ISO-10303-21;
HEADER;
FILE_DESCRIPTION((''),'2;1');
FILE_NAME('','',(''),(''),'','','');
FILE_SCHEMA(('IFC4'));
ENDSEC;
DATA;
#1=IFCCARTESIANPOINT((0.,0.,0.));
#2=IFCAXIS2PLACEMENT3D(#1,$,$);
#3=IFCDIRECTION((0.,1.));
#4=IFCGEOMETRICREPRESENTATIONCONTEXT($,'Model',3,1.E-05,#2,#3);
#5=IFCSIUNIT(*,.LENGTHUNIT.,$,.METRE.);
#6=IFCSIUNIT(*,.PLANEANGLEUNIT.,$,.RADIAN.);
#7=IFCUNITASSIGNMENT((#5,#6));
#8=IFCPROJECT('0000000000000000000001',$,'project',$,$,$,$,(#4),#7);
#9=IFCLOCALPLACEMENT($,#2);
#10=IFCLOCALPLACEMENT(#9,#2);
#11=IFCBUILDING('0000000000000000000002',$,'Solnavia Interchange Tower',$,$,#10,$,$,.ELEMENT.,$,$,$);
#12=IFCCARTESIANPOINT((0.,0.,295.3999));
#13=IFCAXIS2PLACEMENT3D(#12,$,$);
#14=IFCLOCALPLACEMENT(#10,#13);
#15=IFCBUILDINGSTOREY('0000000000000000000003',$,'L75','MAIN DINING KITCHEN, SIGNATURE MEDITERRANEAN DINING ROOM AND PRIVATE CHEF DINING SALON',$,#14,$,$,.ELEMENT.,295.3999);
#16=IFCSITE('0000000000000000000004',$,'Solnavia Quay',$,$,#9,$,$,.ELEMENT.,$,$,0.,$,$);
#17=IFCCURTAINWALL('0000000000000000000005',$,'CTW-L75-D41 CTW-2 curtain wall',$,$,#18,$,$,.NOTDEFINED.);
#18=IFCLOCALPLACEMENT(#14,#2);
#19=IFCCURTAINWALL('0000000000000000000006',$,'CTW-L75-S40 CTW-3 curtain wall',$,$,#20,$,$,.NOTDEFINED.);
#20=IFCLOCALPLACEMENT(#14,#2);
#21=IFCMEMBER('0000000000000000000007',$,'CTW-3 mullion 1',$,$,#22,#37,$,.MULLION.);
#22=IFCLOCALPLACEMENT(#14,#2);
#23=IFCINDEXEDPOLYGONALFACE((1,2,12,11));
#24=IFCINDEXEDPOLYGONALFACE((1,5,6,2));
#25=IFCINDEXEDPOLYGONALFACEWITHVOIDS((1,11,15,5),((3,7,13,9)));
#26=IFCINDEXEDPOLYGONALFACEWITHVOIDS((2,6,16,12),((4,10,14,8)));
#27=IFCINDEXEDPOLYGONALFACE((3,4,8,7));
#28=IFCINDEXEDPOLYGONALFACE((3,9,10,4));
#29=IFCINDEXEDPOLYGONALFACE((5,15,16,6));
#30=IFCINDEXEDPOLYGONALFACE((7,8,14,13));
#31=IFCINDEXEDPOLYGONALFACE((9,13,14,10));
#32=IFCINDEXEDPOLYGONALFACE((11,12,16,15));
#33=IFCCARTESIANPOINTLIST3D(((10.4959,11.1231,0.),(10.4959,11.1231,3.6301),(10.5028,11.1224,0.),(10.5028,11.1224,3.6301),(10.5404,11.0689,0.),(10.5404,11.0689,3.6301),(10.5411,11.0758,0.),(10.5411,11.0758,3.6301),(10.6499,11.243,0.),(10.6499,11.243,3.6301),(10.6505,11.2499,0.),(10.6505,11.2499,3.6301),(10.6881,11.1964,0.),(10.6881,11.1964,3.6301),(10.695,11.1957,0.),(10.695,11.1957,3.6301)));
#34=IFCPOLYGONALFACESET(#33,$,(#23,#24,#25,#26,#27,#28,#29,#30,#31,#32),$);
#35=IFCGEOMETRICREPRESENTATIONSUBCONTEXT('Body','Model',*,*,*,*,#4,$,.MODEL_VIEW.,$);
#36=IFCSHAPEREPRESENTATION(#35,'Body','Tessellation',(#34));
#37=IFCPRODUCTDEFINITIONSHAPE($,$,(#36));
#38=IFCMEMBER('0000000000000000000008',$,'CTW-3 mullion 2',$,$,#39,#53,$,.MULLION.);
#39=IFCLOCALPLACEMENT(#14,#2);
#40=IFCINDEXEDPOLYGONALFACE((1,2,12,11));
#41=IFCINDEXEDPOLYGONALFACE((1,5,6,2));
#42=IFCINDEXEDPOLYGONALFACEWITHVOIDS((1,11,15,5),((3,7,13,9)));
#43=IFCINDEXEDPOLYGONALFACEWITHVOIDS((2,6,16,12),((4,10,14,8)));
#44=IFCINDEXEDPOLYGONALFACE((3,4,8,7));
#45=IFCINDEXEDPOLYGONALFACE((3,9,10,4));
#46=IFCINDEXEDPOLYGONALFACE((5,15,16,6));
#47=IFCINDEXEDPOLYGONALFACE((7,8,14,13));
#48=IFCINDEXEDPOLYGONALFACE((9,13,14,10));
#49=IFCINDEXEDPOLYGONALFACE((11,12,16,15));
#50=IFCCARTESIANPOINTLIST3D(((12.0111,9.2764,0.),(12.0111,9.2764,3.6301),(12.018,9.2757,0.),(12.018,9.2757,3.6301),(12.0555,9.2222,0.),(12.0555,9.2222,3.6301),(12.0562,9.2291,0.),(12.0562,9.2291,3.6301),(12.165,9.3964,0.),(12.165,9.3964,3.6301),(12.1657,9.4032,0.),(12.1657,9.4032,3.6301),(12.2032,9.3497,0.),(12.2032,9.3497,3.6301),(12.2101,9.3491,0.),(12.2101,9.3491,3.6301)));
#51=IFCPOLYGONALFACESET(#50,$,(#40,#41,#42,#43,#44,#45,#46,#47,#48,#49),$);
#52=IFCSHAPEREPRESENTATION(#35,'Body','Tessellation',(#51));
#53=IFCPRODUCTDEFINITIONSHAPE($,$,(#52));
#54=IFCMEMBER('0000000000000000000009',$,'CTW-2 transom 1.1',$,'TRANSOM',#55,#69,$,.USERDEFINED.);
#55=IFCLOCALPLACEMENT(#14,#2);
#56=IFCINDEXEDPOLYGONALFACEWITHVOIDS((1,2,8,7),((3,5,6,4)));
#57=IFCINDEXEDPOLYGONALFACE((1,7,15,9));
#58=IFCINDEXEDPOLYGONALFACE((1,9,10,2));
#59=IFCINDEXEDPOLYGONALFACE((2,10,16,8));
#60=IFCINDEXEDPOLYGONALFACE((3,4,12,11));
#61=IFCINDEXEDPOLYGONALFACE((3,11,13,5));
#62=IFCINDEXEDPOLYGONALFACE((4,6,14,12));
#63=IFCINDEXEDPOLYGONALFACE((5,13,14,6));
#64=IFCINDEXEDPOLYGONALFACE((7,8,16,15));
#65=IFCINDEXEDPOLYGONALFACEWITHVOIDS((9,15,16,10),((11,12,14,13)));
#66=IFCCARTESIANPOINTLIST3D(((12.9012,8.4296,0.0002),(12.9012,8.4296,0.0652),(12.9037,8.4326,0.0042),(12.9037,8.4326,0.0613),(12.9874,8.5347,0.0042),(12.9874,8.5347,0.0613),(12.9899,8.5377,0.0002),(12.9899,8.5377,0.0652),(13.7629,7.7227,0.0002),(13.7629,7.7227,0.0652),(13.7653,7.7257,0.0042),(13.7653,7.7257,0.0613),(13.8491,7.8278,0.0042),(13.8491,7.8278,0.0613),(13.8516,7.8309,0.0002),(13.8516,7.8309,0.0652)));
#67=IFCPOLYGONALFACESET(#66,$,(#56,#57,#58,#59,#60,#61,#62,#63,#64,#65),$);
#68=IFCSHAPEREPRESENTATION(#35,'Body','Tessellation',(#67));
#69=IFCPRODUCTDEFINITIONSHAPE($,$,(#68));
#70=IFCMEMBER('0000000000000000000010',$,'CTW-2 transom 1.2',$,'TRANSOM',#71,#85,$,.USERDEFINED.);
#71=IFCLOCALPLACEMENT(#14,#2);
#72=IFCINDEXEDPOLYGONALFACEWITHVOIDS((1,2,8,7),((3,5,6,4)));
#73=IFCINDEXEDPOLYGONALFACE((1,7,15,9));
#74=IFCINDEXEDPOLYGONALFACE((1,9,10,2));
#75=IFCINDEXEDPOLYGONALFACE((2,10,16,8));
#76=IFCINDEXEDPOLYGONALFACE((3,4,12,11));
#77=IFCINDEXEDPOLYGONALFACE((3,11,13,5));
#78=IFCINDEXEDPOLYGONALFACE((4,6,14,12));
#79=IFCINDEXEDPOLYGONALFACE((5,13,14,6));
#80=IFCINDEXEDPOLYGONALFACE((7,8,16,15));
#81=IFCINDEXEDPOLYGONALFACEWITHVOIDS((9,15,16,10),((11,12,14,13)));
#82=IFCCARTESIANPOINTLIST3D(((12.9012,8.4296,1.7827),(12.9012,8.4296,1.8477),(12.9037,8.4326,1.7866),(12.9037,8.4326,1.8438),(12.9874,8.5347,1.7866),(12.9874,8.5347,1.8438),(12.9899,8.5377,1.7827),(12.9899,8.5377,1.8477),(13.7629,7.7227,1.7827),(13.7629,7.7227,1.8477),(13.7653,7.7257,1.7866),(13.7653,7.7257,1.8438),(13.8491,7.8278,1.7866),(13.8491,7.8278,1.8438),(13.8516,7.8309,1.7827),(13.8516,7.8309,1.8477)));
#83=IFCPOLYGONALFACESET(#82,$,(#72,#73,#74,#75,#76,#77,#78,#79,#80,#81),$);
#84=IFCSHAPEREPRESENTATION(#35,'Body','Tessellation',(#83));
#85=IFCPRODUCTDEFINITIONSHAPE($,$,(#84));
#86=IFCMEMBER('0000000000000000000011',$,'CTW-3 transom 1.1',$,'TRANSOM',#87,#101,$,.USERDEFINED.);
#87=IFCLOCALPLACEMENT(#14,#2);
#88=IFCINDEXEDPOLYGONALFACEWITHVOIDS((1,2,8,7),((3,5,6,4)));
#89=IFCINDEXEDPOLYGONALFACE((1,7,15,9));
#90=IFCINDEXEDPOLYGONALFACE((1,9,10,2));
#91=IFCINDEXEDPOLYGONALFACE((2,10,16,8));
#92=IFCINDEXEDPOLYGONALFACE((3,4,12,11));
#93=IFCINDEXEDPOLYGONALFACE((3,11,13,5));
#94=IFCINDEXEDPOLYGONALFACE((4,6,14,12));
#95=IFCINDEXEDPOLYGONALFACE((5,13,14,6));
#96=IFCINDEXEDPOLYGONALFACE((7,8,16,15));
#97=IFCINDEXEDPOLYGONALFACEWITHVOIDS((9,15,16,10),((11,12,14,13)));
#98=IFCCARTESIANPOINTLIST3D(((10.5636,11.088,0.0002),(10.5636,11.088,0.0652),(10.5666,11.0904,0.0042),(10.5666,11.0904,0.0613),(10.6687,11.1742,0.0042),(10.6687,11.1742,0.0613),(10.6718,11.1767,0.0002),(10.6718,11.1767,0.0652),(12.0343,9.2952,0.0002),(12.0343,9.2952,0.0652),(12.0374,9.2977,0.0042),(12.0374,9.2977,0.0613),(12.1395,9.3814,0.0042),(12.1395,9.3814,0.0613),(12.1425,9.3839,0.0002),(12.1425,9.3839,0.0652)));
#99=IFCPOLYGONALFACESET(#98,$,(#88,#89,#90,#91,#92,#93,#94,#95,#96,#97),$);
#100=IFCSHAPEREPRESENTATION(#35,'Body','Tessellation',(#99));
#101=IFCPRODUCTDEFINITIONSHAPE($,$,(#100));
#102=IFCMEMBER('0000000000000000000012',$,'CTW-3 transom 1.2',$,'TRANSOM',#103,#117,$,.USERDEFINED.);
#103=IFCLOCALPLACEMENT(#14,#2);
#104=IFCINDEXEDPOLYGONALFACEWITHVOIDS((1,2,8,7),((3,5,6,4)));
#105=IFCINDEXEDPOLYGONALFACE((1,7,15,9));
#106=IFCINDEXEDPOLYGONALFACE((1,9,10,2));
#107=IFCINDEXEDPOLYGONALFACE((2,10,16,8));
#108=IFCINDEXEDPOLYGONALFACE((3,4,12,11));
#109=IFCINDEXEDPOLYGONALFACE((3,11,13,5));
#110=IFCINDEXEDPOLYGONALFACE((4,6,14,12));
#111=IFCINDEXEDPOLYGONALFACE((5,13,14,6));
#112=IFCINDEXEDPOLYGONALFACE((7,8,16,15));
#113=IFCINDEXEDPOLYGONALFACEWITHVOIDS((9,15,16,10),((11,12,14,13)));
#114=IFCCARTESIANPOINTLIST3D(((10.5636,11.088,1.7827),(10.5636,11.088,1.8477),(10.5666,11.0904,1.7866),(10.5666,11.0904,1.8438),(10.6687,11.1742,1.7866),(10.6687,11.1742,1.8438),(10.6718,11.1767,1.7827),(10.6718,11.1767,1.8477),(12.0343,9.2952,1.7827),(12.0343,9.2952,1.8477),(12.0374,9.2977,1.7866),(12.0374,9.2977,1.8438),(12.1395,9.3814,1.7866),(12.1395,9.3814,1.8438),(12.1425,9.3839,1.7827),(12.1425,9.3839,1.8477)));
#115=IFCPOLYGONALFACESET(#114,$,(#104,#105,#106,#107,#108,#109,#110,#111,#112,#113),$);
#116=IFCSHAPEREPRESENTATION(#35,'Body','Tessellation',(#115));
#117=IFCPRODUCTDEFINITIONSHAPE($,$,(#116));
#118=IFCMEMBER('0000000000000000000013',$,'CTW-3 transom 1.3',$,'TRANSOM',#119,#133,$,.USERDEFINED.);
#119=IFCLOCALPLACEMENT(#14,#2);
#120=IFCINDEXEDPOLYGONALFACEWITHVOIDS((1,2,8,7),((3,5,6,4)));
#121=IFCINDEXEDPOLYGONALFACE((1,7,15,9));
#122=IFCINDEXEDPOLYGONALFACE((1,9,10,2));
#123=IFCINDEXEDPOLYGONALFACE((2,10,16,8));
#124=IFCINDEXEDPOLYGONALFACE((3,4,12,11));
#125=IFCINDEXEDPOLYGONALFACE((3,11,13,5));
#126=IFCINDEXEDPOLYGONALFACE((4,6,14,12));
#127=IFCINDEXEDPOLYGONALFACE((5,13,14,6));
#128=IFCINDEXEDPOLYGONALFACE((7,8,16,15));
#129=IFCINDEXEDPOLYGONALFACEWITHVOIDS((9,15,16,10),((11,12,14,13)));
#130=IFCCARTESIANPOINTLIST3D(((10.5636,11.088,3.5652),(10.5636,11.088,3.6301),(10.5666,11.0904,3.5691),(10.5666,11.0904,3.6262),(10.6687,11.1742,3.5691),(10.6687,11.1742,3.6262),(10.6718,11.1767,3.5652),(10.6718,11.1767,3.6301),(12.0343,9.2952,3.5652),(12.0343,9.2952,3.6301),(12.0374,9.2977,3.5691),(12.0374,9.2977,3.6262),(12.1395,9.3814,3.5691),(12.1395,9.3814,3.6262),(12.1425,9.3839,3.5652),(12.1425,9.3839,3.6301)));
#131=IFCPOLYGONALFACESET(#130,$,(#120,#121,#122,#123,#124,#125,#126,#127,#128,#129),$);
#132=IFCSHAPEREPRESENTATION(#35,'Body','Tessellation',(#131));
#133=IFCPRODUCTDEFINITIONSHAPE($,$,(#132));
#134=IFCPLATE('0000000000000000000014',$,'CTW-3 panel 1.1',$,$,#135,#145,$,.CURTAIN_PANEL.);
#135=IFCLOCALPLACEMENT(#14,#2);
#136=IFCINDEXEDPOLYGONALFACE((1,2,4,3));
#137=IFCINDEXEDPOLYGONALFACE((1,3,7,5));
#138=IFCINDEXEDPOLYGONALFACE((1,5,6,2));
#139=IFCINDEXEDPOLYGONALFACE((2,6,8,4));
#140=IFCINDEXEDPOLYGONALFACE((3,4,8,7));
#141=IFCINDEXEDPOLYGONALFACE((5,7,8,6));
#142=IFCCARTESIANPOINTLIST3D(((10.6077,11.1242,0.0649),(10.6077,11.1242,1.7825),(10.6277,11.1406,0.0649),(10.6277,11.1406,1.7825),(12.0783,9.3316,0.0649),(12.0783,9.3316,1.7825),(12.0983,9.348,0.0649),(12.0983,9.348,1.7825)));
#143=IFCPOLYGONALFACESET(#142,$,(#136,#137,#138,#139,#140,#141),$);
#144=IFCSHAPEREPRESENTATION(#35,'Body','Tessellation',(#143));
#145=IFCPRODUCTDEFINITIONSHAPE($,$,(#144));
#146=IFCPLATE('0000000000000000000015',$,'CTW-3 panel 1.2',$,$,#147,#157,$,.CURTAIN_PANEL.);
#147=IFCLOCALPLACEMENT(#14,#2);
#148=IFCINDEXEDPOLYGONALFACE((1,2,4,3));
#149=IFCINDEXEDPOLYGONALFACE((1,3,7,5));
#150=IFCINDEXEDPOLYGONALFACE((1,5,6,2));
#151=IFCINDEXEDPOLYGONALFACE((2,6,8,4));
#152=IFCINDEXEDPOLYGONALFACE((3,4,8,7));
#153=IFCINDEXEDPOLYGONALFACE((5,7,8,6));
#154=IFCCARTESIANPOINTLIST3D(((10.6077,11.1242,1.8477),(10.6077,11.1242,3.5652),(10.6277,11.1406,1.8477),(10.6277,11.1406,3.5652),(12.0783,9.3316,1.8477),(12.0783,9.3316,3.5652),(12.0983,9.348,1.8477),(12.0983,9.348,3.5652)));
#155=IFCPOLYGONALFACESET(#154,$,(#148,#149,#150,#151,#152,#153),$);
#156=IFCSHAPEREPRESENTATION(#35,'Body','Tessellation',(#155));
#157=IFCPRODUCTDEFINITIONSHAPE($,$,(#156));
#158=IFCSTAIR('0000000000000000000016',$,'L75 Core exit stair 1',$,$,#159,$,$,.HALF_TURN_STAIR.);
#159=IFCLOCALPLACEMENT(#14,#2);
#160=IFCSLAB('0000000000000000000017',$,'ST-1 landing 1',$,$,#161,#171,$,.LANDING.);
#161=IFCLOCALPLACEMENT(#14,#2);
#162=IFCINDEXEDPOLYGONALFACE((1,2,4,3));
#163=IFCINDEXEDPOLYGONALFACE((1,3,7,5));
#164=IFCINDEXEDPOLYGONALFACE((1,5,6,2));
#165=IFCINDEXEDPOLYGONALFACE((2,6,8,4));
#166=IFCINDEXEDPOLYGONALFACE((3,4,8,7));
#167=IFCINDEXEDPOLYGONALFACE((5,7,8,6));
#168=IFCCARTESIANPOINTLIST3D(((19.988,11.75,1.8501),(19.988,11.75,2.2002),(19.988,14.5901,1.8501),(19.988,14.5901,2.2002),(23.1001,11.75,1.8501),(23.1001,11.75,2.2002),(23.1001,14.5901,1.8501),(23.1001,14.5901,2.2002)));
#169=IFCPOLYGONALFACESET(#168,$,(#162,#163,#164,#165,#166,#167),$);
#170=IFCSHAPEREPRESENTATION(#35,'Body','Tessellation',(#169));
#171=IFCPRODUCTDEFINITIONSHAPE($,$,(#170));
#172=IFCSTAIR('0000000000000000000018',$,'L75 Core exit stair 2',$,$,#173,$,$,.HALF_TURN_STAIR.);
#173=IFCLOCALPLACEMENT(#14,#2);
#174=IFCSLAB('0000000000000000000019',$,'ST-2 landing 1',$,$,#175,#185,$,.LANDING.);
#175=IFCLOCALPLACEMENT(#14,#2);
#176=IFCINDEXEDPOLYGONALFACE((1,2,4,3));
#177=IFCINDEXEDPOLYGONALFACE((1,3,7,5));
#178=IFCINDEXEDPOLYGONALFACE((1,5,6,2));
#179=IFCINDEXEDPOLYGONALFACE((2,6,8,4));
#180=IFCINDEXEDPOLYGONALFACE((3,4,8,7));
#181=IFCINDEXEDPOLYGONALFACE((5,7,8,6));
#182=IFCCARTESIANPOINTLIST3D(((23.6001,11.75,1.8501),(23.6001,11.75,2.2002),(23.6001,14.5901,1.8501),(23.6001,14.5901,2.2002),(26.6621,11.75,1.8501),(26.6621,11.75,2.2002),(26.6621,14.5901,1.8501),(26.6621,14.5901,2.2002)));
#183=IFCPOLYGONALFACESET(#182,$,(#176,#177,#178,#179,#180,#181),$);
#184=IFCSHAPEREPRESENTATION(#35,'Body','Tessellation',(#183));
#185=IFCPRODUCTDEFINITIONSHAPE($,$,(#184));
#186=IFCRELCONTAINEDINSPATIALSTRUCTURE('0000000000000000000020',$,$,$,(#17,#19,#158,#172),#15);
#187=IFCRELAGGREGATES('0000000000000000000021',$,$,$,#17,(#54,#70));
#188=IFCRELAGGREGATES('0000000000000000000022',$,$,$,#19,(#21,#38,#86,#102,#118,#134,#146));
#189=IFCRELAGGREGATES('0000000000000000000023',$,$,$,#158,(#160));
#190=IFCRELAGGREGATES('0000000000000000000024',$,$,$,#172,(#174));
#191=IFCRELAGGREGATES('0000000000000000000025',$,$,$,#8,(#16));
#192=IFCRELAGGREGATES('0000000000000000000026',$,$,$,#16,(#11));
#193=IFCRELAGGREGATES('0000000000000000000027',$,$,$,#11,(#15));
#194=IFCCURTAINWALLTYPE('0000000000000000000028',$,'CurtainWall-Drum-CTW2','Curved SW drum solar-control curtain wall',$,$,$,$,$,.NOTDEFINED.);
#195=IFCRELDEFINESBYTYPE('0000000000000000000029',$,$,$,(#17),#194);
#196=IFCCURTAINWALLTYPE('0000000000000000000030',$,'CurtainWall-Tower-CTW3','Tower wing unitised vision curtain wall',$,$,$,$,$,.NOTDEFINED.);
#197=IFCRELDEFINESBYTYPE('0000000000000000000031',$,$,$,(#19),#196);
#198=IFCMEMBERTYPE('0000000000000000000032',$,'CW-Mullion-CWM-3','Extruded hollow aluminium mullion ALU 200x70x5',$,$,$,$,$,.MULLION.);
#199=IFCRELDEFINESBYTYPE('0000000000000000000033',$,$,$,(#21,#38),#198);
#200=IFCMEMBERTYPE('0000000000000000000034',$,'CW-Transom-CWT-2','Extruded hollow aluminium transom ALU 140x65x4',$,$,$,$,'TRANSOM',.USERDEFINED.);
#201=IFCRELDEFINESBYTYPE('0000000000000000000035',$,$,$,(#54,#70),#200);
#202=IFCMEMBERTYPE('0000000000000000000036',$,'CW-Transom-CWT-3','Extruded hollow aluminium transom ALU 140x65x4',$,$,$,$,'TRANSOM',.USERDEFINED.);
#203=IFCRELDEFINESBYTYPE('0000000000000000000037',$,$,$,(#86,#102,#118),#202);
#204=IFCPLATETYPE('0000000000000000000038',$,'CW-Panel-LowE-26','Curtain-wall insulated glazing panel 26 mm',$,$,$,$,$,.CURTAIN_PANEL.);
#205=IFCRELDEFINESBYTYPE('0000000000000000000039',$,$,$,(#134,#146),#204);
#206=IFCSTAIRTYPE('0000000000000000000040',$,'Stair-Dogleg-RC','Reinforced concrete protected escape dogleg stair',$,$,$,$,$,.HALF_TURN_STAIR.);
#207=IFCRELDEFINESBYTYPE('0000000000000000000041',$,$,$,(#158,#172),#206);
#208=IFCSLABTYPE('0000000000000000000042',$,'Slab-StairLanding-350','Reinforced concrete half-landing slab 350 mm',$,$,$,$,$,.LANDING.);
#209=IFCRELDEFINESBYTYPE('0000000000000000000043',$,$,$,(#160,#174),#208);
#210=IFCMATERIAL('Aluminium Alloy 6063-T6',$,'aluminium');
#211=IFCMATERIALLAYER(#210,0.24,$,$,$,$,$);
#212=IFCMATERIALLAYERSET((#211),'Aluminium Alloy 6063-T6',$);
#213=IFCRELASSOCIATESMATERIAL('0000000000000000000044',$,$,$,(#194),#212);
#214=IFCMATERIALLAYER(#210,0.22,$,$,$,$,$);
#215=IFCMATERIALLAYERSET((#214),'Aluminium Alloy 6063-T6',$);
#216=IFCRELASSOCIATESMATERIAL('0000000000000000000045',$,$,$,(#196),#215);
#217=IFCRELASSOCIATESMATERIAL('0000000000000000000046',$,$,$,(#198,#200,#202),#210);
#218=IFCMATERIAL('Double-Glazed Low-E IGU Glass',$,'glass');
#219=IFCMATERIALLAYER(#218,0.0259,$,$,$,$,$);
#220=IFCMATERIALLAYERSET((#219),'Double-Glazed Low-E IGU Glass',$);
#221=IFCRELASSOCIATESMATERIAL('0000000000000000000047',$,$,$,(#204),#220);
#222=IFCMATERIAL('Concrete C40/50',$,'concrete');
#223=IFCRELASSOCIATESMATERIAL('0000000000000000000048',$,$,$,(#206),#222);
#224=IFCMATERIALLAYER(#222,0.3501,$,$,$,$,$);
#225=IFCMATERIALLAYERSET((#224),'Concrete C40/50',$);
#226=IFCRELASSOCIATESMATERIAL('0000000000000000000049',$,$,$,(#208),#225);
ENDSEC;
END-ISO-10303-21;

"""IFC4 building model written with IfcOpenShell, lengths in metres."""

from ifc_helpers import new_model, si_unit, direction, frame, origin, origin_2d, place, context, subcontext, project, spatial, polyline, rectangle, hollow_rectangle, outline, extrude, material, layer, layer_set, material_profile, profile_set, type_object, element, aggregate, save


model = new_model("IFC4")

# Units and contexts
model_context = context("Model", 3, precision=1e-05, world=origin(), true_north=direction((0.0, 1.0)))
body_context = subcontext(model_context, "Body", "Model", "MODEL_VIEW")
ifc_project = project(units=[si_unit("LENGTHUNIT", "METRE"), si_unit("PLANEANGLEUNIT", "RADIAN")], contexts=[model_context])

# Site, building, storey
site_placement = place(None, origin())
site = spatial("IfcSite", under=ifc_project, at=site_placement, Name="Solnavia Quay", CompositionType="ELEMENT", RefElevation=0.0)
building_placement = place(site_placement, origin())
building = spatial("IfcBuilding", under=site, at=building_placement, Name="Solnavia Interchange Tower", CompositionType="ELEMENT")
storey_placement = place(building_placement, frame((0.0, 0.0, 295.3999)))
storey = spatial("IfcBuildingStorey", under=building, at=storey_placement, Name="L75", Description="MAIN DINING KITCHEN, SIGNATURE MEDITERRANEAN DINING ROOM AND PRIVATE CHEF DINING SALON", CompositionType="ELEMENT", Elevation=295.3999)

# Curtain wall
ifc_material_1 = material(Name="Aluminium Alloy 6063-T6", Category="aluminium")
ifc_layer_1 = layer(ifc_material_1, 0.24)
ifc_layer_set_1 = layer_set([ifc_layer_1], Name="Aluminium Alloy 6063-T6")
curtain_wall_type_1 = type_object("IfcCurtainWallType", Name="CurtainWall-Drum-CTW2", Description="Curved SW drum solar-control curtain wall", PredefinedType="NOTDEFINED", material=ifc_layer_set_1)
curtain_wall_1_placement = place(storey_placement, origin())
curtain_wall_1 = element("IfcCurtainWall", 1, at=curtain_wall_1_placement, inside=storey, type_object=curtain_wall_type_1, Name="CTW-L75-D41 CTW-2 curtain wall", PredefinedType="NOTDEFINED")

# Curtain wall, members
ifc_layer_2 = layer(ifc_material_1, 0.22)
ifc_layer_set_2 = layer_set([ifc_layer_2], Name="Aluminium Alloy 6063-T6")
curtain_wall_type_2 = type_object("IfcCurtainWallType", Name="CurtainWall-Tower-CTW3", Description="Tower wing unitised vision curtain wall", PredefinedType="NOTDEFINED", material=ifc_layer_set_2)
curtain_wall_2_placement = place(storey_placement, origin())
curtain_wall_2 = element("IfcCurtainWall", 2, at=curtain_wall_2_placement, inside=storey, type_object=curtain_wall_type_2, Name="CTW-L75-S40 CTW-3 curtain wall", PredefinedType="NOTDEFINED")
ifc_material_profile_1 = material_profile(ifc_material_1, hollow_rectangle(XDim=0.0701, YDim=0.2, WallThickness=0.0049, at=origin_2d()), Name="ALU 200x70x5")
ifc_profile_set_1 = profile_set([ifc_material_profile_1], Name="Aluminium Alloy 6063-T6")
member_type_1 = type_object("IfcMemberType", Name="CW-Mullion-CWM-3", Description="Extruded hollow aluminium mullion ALU 200x70x5", PredefinedType="MULLION", material=ifc_profile_set_1)
member_1_placement = place(storey_placement, frame((10.5955, 11.1594, 0.0), z_axis=(0.0, 0.0, 1.0), x_axis=(0.634261, -0.773119, 0.0)))
member_1 = element("IfcMember", 3, at=member_1_placement, type_object=member_type_1, Name="CTW-3 mullion 1", PredefinedType="MULLION", context=body_context, shape_type="SweptSolid", body=[
    extrude(hollow_rectangle(XDim=0.0701, YDim=0.2, WallThickness=0.0049, at=origin_2d()), origin(), (0.0, 0.0, 1.0), 3.6301),
])
member_2_placement = place(storey_placement, frame((12.1106, 9.3127, 0.0), z_axis=(0.0, 0.0, 1.0), x_axis=(0.634261, -0.773119, 0.0)))
member_2 = element("IfcMember", 4, at=member_2_placement, type_object=member_type_1, Name="CTW-3 mullion 2", PredefinedType="MULLION", context=body_context, shape_type="SweptSolid", body=[
    extrude(hollow_rectangle(XDim=0.0701, YDim=0.2, WallThickness=0.0049, at=origin_2d()), origin(), (0.0, 0.0, 1.0), 3.6301),
])

# Members
ifc_material_profile_2 = material_profile(ifc_material_1, hollow_rectangle(XDim=0.0649, YDim=0.1399, WallThickness=0.0039, at=origin_2d()), Name="ALU 140x65x4")
ifc_profile_set_2 = profile_set([ifc_material_profile_2], Name="Aluminium Alloy 6063-T6")
member_type_2 = type_object("IfcMemberType", Name="CW-Transom-CWT-2", Description="Extruded hollow aluminium transom ALU 140x65x4", ElementType="TRANSOM", PredefinedType="USERDEFINED", material=ifc_profile_set_2)
member_3_placement = place(storey_placement, frame((12.9456, 8.4836, 0.0327), z_axis=(0.773137, -0.634239, 0.0), x_axis=(0.0, 0.0, 1.0)))
member_3 = element("IfcMember", 5, at=member_3_placement, type_object=member_type_2, Name="CTW-2 transom 1.1", ObjectType="TRANSOM", PredefinedType="USERDEFINED", context=body_context, shape_type="SweptSolid", body=[
    extrude(hollow_rectangle(XDim=0.0649, YDim=0.1399, WallThickness=0.0039, at=origin_2d()), origin(), (0.0, 0.0, 1.0), 1.1145),
])
member_4_placement = place(storey_placement, frame((12.9456, 8.4836, 1.8152), z_axis=(0.773137, -0.634239, 0.0), x_axis=(0.0, 0.0, 1.0)))
member_4 = element("IfcMember", 6, at=member_4_placement, type_object=member_type_2, Name="CTW-2 transom 1.2", ObjectType="TRANSOM", PredefinedType="USERDEFINED", context=body_context, shape_type="SweptSolid", body=[
    extrude(hollow_rectangle(XDim=0.0649, YDim=0.1399, WallThickness=0.0039, at=origin_2d()), origin(), (0.0, 0.0, 1.0), 1.1145),
])
aggregate(curtain_wall_1, [member_3, member_4])
ifc_material_profile_3 = material_profile(ifc_material_1, hollow_rectangle(XDim=0.0649, YDim=0.1399, WallThickness=0.0039, at=origin_2d()), Name="ALU 140x65x4")
ifc_profile_set_3 = profile_set([ifc_material_profile_3], Name="Aluminium Alloy 6063-T6")
member_type_3 = type_object("IfcMemberType", Name="CW-Transom-CWT-3", Description="Extruded hollow aluminium transom ALU 140x65x4", ElementType="TRANSOM", PredefinedType="USERDEFINED", material=ifc_profile_set_3)
member_5_placement = place(storey_placement, frame((10.6177, 11.1323, 0.0327), z_axis=(0.634252, -0.773126, 0.0), x_axis=(0.0, 0.0, 1.0)))
member_5 = element("IfcMember", 7, at=member_5_placement, type_object=member_type_3, Name="CTW-3 transom 1.1", ObjectType="TRANSOM", PredefinedType="USERDEFINED", context=body_context, shape_type="SweptSolid", body=[
    extrude(hollow_rectangle(XDim=0.0649, YDim=0.1399, WallThickness=0.0039, at=origin_2d()), origin(), (0.0, 0.0, 1.0), 2.3188),
])
member_6_placement = place(storey_placement, frame((10.6177, 11.1323, 1.8152), z_axis=(0.634252, -0.773126, 0.0), x_axis=(0.0, 0.0, 1.0)))
member_6 = element("IfcMember", 8, at=member_6_placement, type_object=member_type_3, Name="CTW-3 transom 1.2", ObjectType="TRANSOM", PredefinedType="USERDEFINED", context=body_context, shape_type="SweptSolid", body=[
    extrude(hollow_rectangle(XDim=0.0649, YDim=0.1399, WallThickness=0.0039, at=origin_2d()), origin(), (0.0, 0.0, 1.0), 2.3188),
])
member_7_placement = place(storey_placement, frame((10.6177, 11.1323, 3.5977), z_axis=(0.634252, -0.773126, 0.0), x_axis=(0.0, 0.0, 1.0)))
member_7 = element("IfcMember", 9, at=member_7_placement, type_object=member_type_3, Name="CTW-3 transom 1.3", ObjectType="TRANSOM", PredefinedType="USERDEFINED", context=body_context, shape_type="SweptSolid", body=[
    extrude(hollow_rectangle(XDim=0.0649, YDim=0.1399, WallThickness=0.0039, at=origin_2d()), origin(), (0.0, 0.0, 1.0), 2.3188),
])

# Plates
ifc_material_2 = material(Name="Double-Glazed Low-E IGU Glass", Category="glass")
ifc_layer_3 = layer(ifc_material_2, 0.0259)
ifc_layer_set_3 = layer_set([ifc_layer_3], Name="Double-Glazed Low-E IGU Glass")
plate_type = type_object("IfcPlateType", Name="CW-Panel-LowE-26", Description="Curtain-wall insulated glazing panel 26 mm", PredefinedType="CURTAIN_PANEL", material=ifc_layer_set_3)
plate_1_placement = place(storey_placement, frame((11.353, 10.2361, 0.0649), z_axis=(0.0, 0.0, 1.0), x_axis=(0.634261, -0.773119, 0.0)))
plate_1 = element("IfcPlate", 10, at=plate_1_placement, type_object=plate_type, Name="CTW-3 panel 1.1", PredefinedType="CURTAIN_PANEL", context=body_context, shape_type="SweptSolid", body=[
    extrude(rectangle(XDim=2.3186, YDim=0.0259, at=origin_2d()), origin(), (0.0, 0.0, 1.0), 1.7175),
])
plate_2_placement = place(storey_placement, frame((11.353, 10.2361, 1.8477), z_axis=(0.0, 0.0, 1.0), x_axis=(0.634261, -0.773119, 0.0)))
plate_2 = element("IfcPlate", 11, at=plate_2_placement, type_object=plate_type, Name="CTW-3 panel 1.2", PredefinedType="CURTAIN_PANEL", context=body_context, shape_type="SweptSolid", body=[
    extrude(rectangle(XDim=2.3186, YDim=0.0259, at=origin_2d()), origin(), (0.0, 0.0, 1.0), 1.7175),
])
aggregate(curtain_wall_2, [member_1, member_2, member_5, member_6, member_7, plate_1, plate_2])

# Stairs, slabs
ifc_material_3 = material(Name="Concrete C40/50", Category="concrete")
stair_type = type_object("IfcStairType", Name="Stair-Dogleg-RC", Description="Reinforced concrete protected escape dogleg stair", PredefinedType="HALF_TURN_STAIR", material=ifc_material_3)
stair_1_placement = place(storey_placement, origin())
stair_1 = element("IfcStair", 12, at=stair_1_placement, inside=storey, type_object=stair_type, Name="L75 Core exit stair 1", PredefinedType="HALF_TURN_STAIR")
ifc_layer_4 = layer(ifc_material_3, 0.3501)
ifc_layer_set_4 = layer_set([ifc_layer_4], Name="Concrete C40/50")
slab_type_1 = type_object("IfcSlabType", Name="Slab-StairLanding-350", Description="Reinforced concrete half-landing slab 350 mm", PredefinedType="LANDING", material=ifc_layer_set_4)
slab_1_placement = place(storey_placement, frame((0.0, 0.0, 1.8501)))
slab_1 = element("IfcSlab", 13, at=slab_1_placement, type_object=slab_type_1, Name="ST-1 landing 1", PredefinedType="LANDING", context=body_context, shape_type="SweptSolid", body=[
    extrude(outline(polyline([(19.988, 11.75), (23.1001, 11.75), (23.1001, 14.5901), (19.988, 14.5901), (19.988, 11.75)])), origin(), (0.0, 0.0, 1.0), 0.3501),
])
aggregate(stair_1, [slab_1])
stair_2_placement = place(storey_placement, origin())
stair_2 = element("IfcStair", 14, at=stair_2_placement, inside=storey, type_object=stair_type, Name="L75 Core exit stair 2", PredefinedType="HALF_TURN_STAIR")
slab_2_placement = place(storey_placement, frame((0.0, 0.0, 1.8501)))
slab_2 = element("IfcSlab", 15, at=slab_2_placement, type_object=slab_type_1, Name="ST-2 landing 1", PredefinedType="LANDING", context=body_context, shape_type="SweptSolid", body=[
    extrude(outline(polyline([(23.6001, 11.75), (26.6621, 11.75), (26.6621, 14.5901), (23.6001, 14.5901), (23.6001, 11.75)])), origin(), (0.0, 0.0, 1.0), 0.3501),
])
aggregate(stair_2, [slab_2])

save(model, "model.ifc")
